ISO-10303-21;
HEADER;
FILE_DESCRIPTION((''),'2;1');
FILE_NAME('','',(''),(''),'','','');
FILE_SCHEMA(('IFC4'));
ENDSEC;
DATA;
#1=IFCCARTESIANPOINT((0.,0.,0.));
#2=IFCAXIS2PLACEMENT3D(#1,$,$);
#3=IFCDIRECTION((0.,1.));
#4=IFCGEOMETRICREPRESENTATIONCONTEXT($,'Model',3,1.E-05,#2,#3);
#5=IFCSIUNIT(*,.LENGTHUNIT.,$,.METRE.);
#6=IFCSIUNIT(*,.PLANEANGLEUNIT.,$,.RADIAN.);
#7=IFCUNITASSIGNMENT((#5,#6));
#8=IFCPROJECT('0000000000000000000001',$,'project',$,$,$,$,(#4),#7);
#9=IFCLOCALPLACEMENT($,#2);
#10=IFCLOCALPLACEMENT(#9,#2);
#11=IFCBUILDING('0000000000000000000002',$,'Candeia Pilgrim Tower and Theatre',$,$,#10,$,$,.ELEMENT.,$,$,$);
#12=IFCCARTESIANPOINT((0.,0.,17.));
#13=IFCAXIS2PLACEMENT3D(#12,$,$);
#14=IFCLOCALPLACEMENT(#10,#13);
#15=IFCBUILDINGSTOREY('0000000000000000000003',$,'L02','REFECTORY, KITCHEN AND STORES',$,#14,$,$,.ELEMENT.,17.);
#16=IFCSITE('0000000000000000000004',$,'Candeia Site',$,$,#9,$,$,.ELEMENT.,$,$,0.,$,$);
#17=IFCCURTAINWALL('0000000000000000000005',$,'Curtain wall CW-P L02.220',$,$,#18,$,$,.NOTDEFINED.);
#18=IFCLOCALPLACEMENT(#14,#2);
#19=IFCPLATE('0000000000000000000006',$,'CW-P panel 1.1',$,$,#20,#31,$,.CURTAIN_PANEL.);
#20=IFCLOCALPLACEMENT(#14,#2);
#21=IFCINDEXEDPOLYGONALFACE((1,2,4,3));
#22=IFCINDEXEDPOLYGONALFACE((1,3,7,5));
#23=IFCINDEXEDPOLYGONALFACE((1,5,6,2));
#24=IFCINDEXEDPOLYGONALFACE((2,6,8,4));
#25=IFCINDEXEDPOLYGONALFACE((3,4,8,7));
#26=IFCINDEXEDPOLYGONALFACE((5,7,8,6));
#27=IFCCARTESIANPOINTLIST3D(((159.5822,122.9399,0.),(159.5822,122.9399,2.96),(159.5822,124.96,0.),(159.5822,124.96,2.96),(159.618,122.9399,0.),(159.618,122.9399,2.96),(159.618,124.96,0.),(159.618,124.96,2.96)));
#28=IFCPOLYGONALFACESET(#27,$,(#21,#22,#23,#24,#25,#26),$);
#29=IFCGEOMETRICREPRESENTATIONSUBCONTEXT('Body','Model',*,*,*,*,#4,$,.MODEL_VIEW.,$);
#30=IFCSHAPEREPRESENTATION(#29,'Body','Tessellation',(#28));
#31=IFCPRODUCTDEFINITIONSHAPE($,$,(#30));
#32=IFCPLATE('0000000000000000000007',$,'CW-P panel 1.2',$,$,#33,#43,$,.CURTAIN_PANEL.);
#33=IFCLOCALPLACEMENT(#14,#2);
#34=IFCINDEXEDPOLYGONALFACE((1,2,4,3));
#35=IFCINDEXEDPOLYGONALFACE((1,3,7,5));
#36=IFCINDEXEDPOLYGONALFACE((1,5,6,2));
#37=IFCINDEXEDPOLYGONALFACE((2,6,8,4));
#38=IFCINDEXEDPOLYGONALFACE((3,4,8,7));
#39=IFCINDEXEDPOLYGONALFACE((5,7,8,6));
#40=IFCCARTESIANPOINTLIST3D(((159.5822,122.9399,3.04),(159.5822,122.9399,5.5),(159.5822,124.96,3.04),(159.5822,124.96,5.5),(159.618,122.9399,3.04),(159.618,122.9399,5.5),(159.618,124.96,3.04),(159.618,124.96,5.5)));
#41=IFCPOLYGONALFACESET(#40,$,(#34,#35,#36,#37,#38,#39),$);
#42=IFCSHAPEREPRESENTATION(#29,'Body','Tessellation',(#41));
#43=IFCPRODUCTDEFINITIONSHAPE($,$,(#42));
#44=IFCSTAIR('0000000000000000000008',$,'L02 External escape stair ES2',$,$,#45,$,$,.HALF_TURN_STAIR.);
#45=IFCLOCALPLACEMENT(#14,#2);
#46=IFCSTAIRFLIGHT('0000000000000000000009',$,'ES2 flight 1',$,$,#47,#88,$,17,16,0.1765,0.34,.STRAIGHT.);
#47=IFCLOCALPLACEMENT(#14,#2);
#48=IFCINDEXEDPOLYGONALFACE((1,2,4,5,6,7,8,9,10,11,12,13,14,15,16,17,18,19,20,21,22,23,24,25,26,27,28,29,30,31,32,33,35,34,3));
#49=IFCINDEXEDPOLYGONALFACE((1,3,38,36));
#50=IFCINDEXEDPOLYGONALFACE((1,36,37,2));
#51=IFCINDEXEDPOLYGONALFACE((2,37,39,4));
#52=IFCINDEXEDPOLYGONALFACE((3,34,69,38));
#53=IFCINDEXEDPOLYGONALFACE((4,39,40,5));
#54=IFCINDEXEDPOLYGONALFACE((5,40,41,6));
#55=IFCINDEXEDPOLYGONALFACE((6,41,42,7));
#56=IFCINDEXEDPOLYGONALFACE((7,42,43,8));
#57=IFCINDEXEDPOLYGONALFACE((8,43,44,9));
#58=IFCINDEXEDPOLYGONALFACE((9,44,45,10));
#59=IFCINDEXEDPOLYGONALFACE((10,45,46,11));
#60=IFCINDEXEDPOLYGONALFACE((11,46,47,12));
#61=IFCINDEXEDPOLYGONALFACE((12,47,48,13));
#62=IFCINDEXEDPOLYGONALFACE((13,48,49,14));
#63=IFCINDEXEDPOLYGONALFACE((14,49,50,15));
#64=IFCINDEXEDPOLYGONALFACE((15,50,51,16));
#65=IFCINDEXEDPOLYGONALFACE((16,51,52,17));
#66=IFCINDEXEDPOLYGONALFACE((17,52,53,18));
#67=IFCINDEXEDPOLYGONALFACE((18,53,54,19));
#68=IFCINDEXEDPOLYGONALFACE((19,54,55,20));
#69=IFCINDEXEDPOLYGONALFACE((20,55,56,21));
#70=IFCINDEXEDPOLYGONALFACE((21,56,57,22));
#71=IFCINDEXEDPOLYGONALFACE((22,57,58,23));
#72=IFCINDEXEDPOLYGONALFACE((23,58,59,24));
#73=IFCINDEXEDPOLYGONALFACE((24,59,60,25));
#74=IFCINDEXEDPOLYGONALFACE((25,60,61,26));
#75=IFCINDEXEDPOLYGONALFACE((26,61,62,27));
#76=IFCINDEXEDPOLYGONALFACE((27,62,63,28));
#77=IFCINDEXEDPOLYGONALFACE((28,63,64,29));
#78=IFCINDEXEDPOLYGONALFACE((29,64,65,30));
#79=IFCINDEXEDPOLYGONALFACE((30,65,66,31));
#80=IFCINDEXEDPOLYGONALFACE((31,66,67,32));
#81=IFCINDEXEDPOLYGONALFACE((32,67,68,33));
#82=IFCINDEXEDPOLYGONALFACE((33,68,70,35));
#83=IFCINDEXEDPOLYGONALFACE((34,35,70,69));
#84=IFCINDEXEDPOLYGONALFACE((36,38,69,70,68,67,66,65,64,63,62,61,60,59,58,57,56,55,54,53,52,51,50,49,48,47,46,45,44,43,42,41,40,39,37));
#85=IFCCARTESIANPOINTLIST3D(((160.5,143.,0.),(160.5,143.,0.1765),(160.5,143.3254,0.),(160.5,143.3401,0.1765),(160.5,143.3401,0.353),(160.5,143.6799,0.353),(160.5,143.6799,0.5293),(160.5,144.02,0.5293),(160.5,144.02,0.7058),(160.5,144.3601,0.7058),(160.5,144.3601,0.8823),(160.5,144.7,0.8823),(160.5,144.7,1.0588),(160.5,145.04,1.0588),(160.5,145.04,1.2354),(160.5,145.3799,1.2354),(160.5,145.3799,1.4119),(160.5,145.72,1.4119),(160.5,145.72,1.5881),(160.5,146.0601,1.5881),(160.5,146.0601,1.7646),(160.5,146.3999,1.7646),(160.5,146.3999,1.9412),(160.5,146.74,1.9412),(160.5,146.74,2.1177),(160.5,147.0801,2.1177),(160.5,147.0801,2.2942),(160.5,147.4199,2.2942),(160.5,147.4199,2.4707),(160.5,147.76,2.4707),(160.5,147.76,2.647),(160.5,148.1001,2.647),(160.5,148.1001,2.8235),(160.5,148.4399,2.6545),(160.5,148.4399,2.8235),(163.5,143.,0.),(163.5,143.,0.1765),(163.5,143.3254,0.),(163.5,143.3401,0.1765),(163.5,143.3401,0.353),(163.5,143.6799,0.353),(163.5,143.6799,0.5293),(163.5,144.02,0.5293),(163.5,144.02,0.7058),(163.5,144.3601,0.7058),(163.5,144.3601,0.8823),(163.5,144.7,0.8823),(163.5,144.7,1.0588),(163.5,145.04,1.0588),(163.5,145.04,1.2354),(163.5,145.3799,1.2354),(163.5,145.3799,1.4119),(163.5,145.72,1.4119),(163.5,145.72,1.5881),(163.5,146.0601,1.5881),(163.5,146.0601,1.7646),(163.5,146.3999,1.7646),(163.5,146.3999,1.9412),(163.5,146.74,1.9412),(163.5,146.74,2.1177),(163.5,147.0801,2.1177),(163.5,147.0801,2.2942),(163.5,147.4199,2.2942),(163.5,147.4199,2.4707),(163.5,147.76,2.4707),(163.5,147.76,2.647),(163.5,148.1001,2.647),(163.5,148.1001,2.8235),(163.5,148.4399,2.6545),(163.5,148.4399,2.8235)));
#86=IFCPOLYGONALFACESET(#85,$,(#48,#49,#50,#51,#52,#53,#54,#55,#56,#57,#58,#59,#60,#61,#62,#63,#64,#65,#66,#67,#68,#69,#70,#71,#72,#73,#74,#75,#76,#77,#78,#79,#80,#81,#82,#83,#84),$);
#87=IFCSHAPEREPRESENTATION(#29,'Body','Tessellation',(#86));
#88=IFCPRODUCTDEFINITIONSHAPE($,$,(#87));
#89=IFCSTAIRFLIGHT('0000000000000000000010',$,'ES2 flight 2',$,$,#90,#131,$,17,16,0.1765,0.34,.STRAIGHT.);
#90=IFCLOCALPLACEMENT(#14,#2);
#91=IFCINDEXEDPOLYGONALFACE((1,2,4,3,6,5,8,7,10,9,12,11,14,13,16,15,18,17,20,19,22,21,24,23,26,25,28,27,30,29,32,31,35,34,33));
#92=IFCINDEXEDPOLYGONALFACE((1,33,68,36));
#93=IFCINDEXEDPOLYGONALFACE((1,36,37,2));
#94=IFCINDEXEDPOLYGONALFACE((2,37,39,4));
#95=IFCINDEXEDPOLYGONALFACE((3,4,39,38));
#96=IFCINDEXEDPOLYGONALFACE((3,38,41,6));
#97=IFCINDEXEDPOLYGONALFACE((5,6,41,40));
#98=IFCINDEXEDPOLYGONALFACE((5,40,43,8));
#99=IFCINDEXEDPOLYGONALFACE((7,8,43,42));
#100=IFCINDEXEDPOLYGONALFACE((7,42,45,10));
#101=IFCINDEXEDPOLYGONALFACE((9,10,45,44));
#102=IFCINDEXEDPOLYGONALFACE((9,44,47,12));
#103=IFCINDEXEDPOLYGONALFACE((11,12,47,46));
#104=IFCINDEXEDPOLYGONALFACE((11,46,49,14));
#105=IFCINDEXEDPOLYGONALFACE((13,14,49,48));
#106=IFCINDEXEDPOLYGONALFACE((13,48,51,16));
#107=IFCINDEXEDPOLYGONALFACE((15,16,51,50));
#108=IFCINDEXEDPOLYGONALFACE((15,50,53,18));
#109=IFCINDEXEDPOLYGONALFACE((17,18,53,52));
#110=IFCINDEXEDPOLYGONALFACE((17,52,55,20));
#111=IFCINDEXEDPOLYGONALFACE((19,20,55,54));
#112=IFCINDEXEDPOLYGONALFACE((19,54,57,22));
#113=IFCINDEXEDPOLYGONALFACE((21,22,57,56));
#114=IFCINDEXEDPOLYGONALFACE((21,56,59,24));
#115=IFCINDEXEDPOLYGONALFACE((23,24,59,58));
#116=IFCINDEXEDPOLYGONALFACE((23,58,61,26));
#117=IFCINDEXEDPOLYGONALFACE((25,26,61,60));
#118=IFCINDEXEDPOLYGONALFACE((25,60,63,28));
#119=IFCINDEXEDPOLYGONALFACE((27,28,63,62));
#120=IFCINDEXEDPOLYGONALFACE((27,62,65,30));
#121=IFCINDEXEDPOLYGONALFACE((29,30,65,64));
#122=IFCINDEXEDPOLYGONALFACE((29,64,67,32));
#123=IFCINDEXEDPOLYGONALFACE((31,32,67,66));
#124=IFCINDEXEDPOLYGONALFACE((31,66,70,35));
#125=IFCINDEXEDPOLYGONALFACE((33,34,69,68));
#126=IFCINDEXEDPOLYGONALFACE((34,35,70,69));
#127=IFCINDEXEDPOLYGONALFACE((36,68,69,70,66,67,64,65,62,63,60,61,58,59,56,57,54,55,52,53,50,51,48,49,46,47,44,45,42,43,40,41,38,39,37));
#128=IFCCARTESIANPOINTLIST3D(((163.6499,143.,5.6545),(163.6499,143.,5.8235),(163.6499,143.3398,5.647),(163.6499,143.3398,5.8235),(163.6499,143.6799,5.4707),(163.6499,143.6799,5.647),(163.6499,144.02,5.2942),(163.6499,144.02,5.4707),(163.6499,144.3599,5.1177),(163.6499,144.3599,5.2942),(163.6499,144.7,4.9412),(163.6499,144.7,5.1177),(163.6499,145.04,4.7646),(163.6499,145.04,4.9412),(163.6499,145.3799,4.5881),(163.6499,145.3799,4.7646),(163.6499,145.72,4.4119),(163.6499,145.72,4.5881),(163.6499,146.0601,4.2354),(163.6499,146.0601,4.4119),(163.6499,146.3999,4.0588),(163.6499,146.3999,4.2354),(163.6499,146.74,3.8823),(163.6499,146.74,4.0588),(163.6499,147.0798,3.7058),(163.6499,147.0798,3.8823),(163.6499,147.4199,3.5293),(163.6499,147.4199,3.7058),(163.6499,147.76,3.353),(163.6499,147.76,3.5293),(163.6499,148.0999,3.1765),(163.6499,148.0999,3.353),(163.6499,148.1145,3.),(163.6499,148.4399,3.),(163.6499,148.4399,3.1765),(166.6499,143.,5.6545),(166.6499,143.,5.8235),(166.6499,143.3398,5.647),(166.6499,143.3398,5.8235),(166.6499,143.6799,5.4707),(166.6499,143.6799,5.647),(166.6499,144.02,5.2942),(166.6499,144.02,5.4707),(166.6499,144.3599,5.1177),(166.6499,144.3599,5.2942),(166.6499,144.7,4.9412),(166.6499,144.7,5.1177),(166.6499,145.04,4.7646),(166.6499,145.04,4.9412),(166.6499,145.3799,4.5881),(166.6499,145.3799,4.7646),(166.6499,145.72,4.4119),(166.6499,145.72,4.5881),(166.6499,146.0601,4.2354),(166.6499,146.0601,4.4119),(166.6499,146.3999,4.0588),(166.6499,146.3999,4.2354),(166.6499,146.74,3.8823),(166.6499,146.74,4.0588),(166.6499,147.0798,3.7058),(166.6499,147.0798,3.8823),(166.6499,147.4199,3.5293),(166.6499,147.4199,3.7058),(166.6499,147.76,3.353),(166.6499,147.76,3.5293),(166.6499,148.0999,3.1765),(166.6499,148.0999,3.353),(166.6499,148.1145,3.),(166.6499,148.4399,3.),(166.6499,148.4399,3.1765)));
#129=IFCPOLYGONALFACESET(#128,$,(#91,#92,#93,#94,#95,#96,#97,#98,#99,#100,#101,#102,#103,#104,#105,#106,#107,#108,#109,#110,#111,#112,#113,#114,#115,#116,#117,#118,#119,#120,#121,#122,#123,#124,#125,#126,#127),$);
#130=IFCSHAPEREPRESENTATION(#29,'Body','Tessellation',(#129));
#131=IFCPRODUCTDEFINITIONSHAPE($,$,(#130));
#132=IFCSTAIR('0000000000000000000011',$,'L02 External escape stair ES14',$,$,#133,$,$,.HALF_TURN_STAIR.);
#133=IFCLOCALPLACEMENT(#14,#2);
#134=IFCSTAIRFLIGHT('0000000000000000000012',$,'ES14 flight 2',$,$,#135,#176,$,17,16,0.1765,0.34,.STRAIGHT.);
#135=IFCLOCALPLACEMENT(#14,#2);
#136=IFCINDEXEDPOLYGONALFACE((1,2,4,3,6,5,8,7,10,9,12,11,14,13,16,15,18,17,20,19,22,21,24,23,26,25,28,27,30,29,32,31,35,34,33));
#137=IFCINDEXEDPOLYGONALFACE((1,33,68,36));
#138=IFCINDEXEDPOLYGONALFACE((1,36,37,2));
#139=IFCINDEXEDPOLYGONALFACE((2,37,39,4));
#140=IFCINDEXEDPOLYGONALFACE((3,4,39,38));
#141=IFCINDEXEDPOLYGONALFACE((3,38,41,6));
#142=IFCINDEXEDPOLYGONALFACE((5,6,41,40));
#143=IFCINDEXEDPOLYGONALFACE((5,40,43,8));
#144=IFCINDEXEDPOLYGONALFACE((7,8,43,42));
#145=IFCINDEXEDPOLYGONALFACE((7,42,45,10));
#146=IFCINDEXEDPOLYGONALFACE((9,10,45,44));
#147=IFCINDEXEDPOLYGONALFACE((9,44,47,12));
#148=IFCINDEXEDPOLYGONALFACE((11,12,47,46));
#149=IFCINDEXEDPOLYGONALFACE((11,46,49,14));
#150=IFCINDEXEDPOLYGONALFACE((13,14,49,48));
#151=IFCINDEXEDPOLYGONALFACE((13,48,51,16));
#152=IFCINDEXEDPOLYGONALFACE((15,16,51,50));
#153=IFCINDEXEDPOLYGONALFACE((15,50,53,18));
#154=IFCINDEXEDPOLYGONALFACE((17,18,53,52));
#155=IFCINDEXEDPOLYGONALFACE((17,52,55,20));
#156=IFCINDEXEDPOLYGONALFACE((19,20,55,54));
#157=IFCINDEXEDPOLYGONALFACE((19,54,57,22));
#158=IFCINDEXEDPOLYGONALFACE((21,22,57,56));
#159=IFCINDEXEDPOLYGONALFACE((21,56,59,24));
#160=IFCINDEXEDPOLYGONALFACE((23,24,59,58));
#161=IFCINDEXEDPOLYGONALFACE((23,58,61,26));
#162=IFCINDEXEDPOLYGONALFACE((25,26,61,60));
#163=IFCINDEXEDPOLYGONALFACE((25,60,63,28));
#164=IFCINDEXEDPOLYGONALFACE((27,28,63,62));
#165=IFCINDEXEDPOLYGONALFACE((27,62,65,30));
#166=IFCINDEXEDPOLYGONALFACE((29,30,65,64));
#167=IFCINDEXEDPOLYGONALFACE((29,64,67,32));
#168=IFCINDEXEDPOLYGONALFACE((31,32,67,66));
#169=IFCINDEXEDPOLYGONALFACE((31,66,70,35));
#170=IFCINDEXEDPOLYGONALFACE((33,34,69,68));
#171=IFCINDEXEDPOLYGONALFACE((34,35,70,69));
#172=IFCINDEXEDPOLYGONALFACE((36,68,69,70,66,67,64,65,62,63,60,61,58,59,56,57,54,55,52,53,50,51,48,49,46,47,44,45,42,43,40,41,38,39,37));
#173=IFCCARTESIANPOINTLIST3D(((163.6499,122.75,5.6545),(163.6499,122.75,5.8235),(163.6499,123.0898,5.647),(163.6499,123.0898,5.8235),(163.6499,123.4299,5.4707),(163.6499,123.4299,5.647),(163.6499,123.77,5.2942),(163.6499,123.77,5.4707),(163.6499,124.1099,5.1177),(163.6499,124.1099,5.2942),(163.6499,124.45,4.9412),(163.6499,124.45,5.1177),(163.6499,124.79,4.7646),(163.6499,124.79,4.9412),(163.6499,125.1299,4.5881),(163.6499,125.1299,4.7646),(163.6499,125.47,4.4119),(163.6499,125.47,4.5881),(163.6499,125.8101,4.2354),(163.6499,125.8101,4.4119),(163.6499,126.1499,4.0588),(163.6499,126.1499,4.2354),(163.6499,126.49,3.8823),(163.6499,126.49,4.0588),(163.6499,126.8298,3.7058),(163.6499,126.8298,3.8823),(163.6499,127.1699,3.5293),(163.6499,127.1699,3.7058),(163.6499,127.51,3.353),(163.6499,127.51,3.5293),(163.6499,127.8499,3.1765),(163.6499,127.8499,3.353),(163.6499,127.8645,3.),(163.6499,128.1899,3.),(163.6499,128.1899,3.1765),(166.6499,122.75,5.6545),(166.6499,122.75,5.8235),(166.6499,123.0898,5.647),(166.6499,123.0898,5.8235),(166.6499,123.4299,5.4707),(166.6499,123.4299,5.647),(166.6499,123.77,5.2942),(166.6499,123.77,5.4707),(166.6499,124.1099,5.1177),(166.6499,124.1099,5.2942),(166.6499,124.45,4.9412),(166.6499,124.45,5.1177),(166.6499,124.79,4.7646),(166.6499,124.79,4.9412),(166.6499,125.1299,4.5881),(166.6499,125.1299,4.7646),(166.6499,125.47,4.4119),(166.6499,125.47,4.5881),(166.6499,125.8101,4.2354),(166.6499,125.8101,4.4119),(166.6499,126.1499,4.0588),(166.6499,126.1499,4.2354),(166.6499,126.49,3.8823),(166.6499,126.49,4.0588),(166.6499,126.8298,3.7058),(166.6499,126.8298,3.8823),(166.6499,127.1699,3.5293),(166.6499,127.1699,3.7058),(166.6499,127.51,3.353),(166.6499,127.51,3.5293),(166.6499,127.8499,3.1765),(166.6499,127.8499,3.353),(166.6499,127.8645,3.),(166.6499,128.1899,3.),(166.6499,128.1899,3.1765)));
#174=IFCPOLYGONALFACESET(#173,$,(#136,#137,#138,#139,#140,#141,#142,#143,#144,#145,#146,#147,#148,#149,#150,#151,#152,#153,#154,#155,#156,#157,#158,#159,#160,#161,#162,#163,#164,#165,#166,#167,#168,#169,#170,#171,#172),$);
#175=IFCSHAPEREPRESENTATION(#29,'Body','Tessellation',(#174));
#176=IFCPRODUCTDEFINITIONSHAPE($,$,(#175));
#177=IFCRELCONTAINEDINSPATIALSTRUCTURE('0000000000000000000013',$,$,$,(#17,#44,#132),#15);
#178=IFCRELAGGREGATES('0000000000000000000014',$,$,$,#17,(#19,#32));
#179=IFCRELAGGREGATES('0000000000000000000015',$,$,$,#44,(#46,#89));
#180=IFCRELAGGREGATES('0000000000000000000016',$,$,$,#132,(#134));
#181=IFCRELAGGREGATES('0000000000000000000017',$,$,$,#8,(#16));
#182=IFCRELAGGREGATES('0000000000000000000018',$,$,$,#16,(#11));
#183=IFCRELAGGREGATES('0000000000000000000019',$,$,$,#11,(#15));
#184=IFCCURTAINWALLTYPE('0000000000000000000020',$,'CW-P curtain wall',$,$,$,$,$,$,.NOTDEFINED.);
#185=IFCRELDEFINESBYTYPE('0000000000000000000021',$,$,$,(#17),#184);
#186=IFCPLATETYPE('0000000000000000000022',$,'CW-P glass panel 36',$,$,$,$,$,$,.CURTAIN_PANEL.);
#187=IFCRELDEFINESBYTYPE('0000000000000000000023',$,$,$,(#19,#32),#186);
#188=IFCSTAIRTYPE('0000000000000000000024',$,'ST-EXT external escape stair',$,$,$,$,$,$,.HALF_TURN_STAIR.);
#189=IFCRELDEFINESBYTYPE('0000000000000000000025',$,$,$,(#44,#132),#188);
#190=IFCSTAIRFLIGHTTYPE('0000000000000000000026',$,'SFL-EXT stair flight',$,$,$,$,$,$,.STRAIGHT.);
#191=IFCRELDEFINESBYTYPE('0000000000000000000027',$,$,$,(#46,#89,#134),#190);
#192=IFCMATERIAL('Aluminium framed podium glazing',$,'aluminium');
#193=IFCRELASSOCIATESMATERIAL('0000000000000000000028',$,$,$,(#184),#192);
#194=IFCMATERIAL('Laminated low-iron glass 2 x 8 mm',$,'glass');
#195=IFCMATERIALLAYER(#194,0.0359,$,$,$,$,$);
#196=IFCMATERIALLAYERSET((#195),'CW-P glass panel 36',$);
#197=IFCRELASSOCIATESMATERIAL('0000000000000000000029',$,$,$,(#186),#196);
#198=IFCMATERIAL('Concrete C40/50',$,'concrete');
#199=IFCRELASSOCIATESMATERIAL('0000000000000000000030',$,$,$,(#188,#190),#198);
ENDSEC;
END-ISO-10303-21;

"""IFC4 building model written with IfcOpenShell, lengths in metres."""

from ifc_helpers import new_model, si_unit, direction, frame, origin, origin_2d, place, context, subcontext, project, spatial, polyline, rectangle, outline, extrude, material, layer, layer_set, type_object, element, aggregate, save


model = new_model("IFC4")

# Units and contexts
model_context = context("Model", 3, precision=1e-05, world=origin(), true_north=direction((0.0, 1.0)))
body_context = subcontext(model_context, "Body", "Model", "MODEL_VIEW")
ifc_project = project(units=[si_unit("LENGTHUNIT", "METRE"), si_unit("PLANEANGLEUNIT", "RADIAN")], contexts=[model_context])

# Site, building, storey
site_placement = place(None, origin())
site = spatial("IfcSite", under=ifc_project, at=site_placement, Name="Candeia Site", CompositionType="ELEMENT", RefElevation=0.0)
building_placement = place(site_placement, origin())
building = spatial("IfcBuilding", under=site, at=building_placement, Name="Candeia Pilgrim Tower and Theatre", CompositionType="ELEMENT")
storey_placement = place(building_placement, frame((0.0, 0.0, 17.0)))
storey = spatial("IfcBuildingStorey", under=building, at=storey_placement, Name="L02", Description="REFECTORY, KITCHEN AND STORES", CompositionType="ELEMENT", Elevation=17.0)

# Shared definitions
ifc_material_1 = material(Name="Concrete C40/50", Category="concrete")

# Shared definitions
ifc_material_2 = material(Name="Aluminium framed podium glazing", Category="aluminium")
curtain_wall_type = type_object("IfcCurtainWallType", Name="CW-P curtain wall", PredefinedType="NOTDEFINED", material=ifc_material_2)

# Curtain wall
curtain_wall_1_placement = place(storey_placement, origin())
curtain_wall_1 = element("IfcCurtainWall", 1, at=curtain_wall_1_placement, inside=storey, type_object=curtain_wall_type, Name="Curtain wall CW-P L02.220", PredefinedType="NOTDEFINED")

# Plates
ifc_material_3 = material(Name="Laminated low-iron glass 2 x 8 mm", Category="glass")
ifc_layer_1 = layer(ifc_material_3, 0.0359)
ifc_layer_set_1 = layer_set([ifc_layer_1], Name="CW-P glass panel 36")
plate_type = type_object("IfcPlateType", Name="CW-P glass panel 36", PredefinedType="CURTAIN_PANEL", material=ifc_layer_set_1)
plate_1_placement = place(storey_placement, frame((159.6001, 123.95, 0.0), z_axis=(0.0, 0.0, 1.0), x_axis=(0.0, -1.0, 0.0)))
plate_1 = element("IfcPlate", 2, at=plate_1_placement, type_object=plate_type, Name="CW-P panel 1.1", PredefinedType="CURTAIN_PANEL", context=body_context, shape_type="SweptSolid", body=[
    extrude(rectangle(XDim=2.02, YDim=0.0359, at=origin_2d()), origin(), (0.0, 0.0, 1.0), 2.96),
])
plate_2_placement = place(storey_placement, frame((159.6001, 123.95, 3.04), z_axis=(0.0, 0.0, 1.0), x_axis=(0.0, -1.0, 0.0)))
plate_2 = element("IfcPlate", 3, at=plate_2_placement, type_object=plate_type, Name="CW-P panel 1.2", PredefinedType="CURTAIN_PANEL", context=body_context, shape_type="SweptSolid", body=[
    extrude(rectangle(XDim=2.02, YDim=0.0359, at=origin_2d()), origin(), (0.0, 0.0, 1.0), 2.46),
])
aggregate(curtain_wall_1, [plate_1, plate_2])

# Stair, stair flights
stair_type = type_object("IfcStairType", Name="ST-EXT external escape stair", PredefinedType="HALF_TURN_STAIR", material=ifc_material_1)
stair_1_placement = place(storey_placement, origin())
stair_1 = element("IfcStair", 4, at=stair_1_placement, inside=storey, type_object=stair_type, Name="L02 External escape stair ES2", PredefinedType="HALF_TURN_STAIR")
stair_flight_type = type_object("IfcStairFlightType", Name="SFL-EXT stair flight", PredefinedType="STRAIGHT", material=ifc_material_1)
stair_flight_1_placement = place(storey_placement, frame((162.0, 143.0, 0.0), z_axis=(0.0, 0.0, 1.0), x_axis=(0.0, 1.0, 0.0)))
stair_flight_1 = element("IfcStairFlight", 5, at=stair_flight_1_placement, type_object=stair_flight_type, Name="ES2 flight 1", NumberOfRisers=17, NumberOfTreads=16, PredefinedType="STRAIGHT", RiserHeight=0.1765, TreadLength=0.34, context=body_context, shape_type="SweptSolid", body=[
    extrude(outline(polyline([(0.0, 0.0), (0.0, 0.1765), (0.3401, 0.1765), (0.3401, 0.353), (0.6799, 0.353), (0.6799, 0.5293), (1.02, 0.5293), (1.02, 0.7058), (1.3601, 0.7058), (1.3601, 0.8823), (1.7, 0.8823), (1.7, 1.0588), (2.04, 1.0588), (2.04, 1.2354), (2.3799, 1.2354), (2.3799, 1.4119), (2.72, 1.4119), (2.72, 1.5881), (3.0601, 1.5881), (3.0601, 1.7646), (3.3999, 1.7646), (3.3999, 1.9412), (3.74, 1.9412), (3.74, 2.1177), (4.0801, 2.1177), (4.0801, 2.2942), (4.4199, 2.2942), (4.4199, 2.4707), (4.76, 2.4707), (4.76, 2.647), (5.1001, 2.647), (5.1001, 2.8235), (5.4399, 2.8235), (5.4399, 3.0), (5.4399, 2.6545), (0.3254, 0.0), (0.0, 0.0)])), frame((0.0, 1.5, 0.0), z_axis=(0.0, -1.0, 0.0), x_axis=(1.0, 0.0, 0.0)), (0.0, 0.0, 1.0), 3.0),
])
stair_flight_2_placement = place(storey_placement, frame((165.1499, 148.4399, 3.0), z_axis=(0.0, 0.0, 1.0), x_axis=(0.0, -1.0, 0.0)))
stair_flight_2 = element("IfcStairFlight", 6, at=stair_flight_2_placement, type_object=stair_flight_type, Name="ES2 flight 2", NumberOfRisers=17, NumberOfTreads=16, PredefinedType="STRAIGHT", RiserHeight=0.1765, TreadLength=0.34, context=body_context, shape_type="SweptSolid", body=[
    extrude(outline(polyline([(0.0, 0.0), (0.0, 0.1765), (0.3401, 0.1765), (0.3401, 0.353), (0.6799, 0.353), (0.6799, 0.5293), (1.02, 0.5293), (1.02, 0.7058), (1.3601, 0.7058), (1.3601, 0.8823), (1.7, 0.8823), (1.7, 1.0588), (2.04, 1.0588), (2.04, 1.2354), (2.3799, 1.2354), (2.3799, 1.4119), (2.72, 1.4119), (2.72, 1.5881), (3.0601, 1.5881), (3.0601, 1.7646), (3.3999, 1.7646), (3.3999, 1.9412), (3.74, 1.9412), (3.74, 2.1177), (4.0801, 2.1177), (4.0801, 2.2942), (4.4199, 2.2942), (4.4199, 2.4707), (4.76, 2.4707), (4.76, 2.647), (5.1001, 2.647), (5.1001, 2.8235), (5.4399, 2.8235), (5.4399, 3.0), (5.4399, 2.6545), (0.3254, 0.0), (0.0, 0.0)])), frame((0.0, 1.5, 0.0), z_axis=(0.0, -1.0, 0.0), x_axis=(1.0, 0.0, 0.0)), (0.0, 0.0, 1.0), 3.0),
])
aggregate(stair_1, [stair_flight_1, stair_flight_2])

# Stair, stair flight
stair_2_placement = place(storey_placement, origin())
stair_2 = element("IfcStair", 7, at=stair_2_placement, inside=storey, type_object=stair_type, Name="L02 External escape stair ES14", PredefinedType="HALF_TURN_STAIR")
stair_flight_3_placement = place(storey_placement, frame((165.1499, 128.1899, 3.0), z_axis=(0.0, 0.0, 1.0), x_axis=(0.0, -1.0, 0.0)))
stair_flight_3 = element("IfcStairFlight", 8, at=stair_flight_3_placement, type_object=stair_flight_type, Name="ES14 flight 2", NumberOfRisers=17, NumberOfTreads=16, PredefinedType="STRAIGHT", RiserHeight=0.1765, TreadLength=0.34, context=body_context, shape_type="SweptSolid", body=[
    extrude(outline(polyline([(0.0, 0.0), (0.0, 0.1765), (0.3401, 0.1765), (0.3401, 0.353), (0.6799, 0.353), (0.6799, 0.5293), (1.02, 0.5293), (1.02, 0.7058), (1.3601, 0.7058), (1.3601, 0.8823), (1.7, 0.8823), (1.7, 1.0588), (2.04, 1.0588), (2.04, 1.2354), (2.3799, 1.2354), (2.3799, 1.4119), (2.72, 1.4119), (2.72, 1.5881), (3.0601, 1.5881), (3.0601, 1.7646), (3.3999, 1.7646), (3.3999, 1.9412), (3.74, 1.9412), (3.74, 2.1177), (4.0801, 2.1177), (4.0801, 2.2942), (4.4199, 2.2942), (4.4199, 2.4707), (4.76, 2.4707), (4.76, 2.647), (5.1001, 2.647), (5.1001, 2.8235), (5.4399, 2.8235), (5.4399, 3.0), (5.4399, 2.6545), (0.3254, 0.0), (0.0, 0.0)])), frame((0.0, 1.5, 0.0), z_axis=(0.0, -1.0, 0.0), x_axis=(1.0, 0.0, 0.0)), (0.0, 0.0, 1.0), 3.0),
])
aggregate(stair_2, [stair_flight_3])

save(model, "model.ifc")
